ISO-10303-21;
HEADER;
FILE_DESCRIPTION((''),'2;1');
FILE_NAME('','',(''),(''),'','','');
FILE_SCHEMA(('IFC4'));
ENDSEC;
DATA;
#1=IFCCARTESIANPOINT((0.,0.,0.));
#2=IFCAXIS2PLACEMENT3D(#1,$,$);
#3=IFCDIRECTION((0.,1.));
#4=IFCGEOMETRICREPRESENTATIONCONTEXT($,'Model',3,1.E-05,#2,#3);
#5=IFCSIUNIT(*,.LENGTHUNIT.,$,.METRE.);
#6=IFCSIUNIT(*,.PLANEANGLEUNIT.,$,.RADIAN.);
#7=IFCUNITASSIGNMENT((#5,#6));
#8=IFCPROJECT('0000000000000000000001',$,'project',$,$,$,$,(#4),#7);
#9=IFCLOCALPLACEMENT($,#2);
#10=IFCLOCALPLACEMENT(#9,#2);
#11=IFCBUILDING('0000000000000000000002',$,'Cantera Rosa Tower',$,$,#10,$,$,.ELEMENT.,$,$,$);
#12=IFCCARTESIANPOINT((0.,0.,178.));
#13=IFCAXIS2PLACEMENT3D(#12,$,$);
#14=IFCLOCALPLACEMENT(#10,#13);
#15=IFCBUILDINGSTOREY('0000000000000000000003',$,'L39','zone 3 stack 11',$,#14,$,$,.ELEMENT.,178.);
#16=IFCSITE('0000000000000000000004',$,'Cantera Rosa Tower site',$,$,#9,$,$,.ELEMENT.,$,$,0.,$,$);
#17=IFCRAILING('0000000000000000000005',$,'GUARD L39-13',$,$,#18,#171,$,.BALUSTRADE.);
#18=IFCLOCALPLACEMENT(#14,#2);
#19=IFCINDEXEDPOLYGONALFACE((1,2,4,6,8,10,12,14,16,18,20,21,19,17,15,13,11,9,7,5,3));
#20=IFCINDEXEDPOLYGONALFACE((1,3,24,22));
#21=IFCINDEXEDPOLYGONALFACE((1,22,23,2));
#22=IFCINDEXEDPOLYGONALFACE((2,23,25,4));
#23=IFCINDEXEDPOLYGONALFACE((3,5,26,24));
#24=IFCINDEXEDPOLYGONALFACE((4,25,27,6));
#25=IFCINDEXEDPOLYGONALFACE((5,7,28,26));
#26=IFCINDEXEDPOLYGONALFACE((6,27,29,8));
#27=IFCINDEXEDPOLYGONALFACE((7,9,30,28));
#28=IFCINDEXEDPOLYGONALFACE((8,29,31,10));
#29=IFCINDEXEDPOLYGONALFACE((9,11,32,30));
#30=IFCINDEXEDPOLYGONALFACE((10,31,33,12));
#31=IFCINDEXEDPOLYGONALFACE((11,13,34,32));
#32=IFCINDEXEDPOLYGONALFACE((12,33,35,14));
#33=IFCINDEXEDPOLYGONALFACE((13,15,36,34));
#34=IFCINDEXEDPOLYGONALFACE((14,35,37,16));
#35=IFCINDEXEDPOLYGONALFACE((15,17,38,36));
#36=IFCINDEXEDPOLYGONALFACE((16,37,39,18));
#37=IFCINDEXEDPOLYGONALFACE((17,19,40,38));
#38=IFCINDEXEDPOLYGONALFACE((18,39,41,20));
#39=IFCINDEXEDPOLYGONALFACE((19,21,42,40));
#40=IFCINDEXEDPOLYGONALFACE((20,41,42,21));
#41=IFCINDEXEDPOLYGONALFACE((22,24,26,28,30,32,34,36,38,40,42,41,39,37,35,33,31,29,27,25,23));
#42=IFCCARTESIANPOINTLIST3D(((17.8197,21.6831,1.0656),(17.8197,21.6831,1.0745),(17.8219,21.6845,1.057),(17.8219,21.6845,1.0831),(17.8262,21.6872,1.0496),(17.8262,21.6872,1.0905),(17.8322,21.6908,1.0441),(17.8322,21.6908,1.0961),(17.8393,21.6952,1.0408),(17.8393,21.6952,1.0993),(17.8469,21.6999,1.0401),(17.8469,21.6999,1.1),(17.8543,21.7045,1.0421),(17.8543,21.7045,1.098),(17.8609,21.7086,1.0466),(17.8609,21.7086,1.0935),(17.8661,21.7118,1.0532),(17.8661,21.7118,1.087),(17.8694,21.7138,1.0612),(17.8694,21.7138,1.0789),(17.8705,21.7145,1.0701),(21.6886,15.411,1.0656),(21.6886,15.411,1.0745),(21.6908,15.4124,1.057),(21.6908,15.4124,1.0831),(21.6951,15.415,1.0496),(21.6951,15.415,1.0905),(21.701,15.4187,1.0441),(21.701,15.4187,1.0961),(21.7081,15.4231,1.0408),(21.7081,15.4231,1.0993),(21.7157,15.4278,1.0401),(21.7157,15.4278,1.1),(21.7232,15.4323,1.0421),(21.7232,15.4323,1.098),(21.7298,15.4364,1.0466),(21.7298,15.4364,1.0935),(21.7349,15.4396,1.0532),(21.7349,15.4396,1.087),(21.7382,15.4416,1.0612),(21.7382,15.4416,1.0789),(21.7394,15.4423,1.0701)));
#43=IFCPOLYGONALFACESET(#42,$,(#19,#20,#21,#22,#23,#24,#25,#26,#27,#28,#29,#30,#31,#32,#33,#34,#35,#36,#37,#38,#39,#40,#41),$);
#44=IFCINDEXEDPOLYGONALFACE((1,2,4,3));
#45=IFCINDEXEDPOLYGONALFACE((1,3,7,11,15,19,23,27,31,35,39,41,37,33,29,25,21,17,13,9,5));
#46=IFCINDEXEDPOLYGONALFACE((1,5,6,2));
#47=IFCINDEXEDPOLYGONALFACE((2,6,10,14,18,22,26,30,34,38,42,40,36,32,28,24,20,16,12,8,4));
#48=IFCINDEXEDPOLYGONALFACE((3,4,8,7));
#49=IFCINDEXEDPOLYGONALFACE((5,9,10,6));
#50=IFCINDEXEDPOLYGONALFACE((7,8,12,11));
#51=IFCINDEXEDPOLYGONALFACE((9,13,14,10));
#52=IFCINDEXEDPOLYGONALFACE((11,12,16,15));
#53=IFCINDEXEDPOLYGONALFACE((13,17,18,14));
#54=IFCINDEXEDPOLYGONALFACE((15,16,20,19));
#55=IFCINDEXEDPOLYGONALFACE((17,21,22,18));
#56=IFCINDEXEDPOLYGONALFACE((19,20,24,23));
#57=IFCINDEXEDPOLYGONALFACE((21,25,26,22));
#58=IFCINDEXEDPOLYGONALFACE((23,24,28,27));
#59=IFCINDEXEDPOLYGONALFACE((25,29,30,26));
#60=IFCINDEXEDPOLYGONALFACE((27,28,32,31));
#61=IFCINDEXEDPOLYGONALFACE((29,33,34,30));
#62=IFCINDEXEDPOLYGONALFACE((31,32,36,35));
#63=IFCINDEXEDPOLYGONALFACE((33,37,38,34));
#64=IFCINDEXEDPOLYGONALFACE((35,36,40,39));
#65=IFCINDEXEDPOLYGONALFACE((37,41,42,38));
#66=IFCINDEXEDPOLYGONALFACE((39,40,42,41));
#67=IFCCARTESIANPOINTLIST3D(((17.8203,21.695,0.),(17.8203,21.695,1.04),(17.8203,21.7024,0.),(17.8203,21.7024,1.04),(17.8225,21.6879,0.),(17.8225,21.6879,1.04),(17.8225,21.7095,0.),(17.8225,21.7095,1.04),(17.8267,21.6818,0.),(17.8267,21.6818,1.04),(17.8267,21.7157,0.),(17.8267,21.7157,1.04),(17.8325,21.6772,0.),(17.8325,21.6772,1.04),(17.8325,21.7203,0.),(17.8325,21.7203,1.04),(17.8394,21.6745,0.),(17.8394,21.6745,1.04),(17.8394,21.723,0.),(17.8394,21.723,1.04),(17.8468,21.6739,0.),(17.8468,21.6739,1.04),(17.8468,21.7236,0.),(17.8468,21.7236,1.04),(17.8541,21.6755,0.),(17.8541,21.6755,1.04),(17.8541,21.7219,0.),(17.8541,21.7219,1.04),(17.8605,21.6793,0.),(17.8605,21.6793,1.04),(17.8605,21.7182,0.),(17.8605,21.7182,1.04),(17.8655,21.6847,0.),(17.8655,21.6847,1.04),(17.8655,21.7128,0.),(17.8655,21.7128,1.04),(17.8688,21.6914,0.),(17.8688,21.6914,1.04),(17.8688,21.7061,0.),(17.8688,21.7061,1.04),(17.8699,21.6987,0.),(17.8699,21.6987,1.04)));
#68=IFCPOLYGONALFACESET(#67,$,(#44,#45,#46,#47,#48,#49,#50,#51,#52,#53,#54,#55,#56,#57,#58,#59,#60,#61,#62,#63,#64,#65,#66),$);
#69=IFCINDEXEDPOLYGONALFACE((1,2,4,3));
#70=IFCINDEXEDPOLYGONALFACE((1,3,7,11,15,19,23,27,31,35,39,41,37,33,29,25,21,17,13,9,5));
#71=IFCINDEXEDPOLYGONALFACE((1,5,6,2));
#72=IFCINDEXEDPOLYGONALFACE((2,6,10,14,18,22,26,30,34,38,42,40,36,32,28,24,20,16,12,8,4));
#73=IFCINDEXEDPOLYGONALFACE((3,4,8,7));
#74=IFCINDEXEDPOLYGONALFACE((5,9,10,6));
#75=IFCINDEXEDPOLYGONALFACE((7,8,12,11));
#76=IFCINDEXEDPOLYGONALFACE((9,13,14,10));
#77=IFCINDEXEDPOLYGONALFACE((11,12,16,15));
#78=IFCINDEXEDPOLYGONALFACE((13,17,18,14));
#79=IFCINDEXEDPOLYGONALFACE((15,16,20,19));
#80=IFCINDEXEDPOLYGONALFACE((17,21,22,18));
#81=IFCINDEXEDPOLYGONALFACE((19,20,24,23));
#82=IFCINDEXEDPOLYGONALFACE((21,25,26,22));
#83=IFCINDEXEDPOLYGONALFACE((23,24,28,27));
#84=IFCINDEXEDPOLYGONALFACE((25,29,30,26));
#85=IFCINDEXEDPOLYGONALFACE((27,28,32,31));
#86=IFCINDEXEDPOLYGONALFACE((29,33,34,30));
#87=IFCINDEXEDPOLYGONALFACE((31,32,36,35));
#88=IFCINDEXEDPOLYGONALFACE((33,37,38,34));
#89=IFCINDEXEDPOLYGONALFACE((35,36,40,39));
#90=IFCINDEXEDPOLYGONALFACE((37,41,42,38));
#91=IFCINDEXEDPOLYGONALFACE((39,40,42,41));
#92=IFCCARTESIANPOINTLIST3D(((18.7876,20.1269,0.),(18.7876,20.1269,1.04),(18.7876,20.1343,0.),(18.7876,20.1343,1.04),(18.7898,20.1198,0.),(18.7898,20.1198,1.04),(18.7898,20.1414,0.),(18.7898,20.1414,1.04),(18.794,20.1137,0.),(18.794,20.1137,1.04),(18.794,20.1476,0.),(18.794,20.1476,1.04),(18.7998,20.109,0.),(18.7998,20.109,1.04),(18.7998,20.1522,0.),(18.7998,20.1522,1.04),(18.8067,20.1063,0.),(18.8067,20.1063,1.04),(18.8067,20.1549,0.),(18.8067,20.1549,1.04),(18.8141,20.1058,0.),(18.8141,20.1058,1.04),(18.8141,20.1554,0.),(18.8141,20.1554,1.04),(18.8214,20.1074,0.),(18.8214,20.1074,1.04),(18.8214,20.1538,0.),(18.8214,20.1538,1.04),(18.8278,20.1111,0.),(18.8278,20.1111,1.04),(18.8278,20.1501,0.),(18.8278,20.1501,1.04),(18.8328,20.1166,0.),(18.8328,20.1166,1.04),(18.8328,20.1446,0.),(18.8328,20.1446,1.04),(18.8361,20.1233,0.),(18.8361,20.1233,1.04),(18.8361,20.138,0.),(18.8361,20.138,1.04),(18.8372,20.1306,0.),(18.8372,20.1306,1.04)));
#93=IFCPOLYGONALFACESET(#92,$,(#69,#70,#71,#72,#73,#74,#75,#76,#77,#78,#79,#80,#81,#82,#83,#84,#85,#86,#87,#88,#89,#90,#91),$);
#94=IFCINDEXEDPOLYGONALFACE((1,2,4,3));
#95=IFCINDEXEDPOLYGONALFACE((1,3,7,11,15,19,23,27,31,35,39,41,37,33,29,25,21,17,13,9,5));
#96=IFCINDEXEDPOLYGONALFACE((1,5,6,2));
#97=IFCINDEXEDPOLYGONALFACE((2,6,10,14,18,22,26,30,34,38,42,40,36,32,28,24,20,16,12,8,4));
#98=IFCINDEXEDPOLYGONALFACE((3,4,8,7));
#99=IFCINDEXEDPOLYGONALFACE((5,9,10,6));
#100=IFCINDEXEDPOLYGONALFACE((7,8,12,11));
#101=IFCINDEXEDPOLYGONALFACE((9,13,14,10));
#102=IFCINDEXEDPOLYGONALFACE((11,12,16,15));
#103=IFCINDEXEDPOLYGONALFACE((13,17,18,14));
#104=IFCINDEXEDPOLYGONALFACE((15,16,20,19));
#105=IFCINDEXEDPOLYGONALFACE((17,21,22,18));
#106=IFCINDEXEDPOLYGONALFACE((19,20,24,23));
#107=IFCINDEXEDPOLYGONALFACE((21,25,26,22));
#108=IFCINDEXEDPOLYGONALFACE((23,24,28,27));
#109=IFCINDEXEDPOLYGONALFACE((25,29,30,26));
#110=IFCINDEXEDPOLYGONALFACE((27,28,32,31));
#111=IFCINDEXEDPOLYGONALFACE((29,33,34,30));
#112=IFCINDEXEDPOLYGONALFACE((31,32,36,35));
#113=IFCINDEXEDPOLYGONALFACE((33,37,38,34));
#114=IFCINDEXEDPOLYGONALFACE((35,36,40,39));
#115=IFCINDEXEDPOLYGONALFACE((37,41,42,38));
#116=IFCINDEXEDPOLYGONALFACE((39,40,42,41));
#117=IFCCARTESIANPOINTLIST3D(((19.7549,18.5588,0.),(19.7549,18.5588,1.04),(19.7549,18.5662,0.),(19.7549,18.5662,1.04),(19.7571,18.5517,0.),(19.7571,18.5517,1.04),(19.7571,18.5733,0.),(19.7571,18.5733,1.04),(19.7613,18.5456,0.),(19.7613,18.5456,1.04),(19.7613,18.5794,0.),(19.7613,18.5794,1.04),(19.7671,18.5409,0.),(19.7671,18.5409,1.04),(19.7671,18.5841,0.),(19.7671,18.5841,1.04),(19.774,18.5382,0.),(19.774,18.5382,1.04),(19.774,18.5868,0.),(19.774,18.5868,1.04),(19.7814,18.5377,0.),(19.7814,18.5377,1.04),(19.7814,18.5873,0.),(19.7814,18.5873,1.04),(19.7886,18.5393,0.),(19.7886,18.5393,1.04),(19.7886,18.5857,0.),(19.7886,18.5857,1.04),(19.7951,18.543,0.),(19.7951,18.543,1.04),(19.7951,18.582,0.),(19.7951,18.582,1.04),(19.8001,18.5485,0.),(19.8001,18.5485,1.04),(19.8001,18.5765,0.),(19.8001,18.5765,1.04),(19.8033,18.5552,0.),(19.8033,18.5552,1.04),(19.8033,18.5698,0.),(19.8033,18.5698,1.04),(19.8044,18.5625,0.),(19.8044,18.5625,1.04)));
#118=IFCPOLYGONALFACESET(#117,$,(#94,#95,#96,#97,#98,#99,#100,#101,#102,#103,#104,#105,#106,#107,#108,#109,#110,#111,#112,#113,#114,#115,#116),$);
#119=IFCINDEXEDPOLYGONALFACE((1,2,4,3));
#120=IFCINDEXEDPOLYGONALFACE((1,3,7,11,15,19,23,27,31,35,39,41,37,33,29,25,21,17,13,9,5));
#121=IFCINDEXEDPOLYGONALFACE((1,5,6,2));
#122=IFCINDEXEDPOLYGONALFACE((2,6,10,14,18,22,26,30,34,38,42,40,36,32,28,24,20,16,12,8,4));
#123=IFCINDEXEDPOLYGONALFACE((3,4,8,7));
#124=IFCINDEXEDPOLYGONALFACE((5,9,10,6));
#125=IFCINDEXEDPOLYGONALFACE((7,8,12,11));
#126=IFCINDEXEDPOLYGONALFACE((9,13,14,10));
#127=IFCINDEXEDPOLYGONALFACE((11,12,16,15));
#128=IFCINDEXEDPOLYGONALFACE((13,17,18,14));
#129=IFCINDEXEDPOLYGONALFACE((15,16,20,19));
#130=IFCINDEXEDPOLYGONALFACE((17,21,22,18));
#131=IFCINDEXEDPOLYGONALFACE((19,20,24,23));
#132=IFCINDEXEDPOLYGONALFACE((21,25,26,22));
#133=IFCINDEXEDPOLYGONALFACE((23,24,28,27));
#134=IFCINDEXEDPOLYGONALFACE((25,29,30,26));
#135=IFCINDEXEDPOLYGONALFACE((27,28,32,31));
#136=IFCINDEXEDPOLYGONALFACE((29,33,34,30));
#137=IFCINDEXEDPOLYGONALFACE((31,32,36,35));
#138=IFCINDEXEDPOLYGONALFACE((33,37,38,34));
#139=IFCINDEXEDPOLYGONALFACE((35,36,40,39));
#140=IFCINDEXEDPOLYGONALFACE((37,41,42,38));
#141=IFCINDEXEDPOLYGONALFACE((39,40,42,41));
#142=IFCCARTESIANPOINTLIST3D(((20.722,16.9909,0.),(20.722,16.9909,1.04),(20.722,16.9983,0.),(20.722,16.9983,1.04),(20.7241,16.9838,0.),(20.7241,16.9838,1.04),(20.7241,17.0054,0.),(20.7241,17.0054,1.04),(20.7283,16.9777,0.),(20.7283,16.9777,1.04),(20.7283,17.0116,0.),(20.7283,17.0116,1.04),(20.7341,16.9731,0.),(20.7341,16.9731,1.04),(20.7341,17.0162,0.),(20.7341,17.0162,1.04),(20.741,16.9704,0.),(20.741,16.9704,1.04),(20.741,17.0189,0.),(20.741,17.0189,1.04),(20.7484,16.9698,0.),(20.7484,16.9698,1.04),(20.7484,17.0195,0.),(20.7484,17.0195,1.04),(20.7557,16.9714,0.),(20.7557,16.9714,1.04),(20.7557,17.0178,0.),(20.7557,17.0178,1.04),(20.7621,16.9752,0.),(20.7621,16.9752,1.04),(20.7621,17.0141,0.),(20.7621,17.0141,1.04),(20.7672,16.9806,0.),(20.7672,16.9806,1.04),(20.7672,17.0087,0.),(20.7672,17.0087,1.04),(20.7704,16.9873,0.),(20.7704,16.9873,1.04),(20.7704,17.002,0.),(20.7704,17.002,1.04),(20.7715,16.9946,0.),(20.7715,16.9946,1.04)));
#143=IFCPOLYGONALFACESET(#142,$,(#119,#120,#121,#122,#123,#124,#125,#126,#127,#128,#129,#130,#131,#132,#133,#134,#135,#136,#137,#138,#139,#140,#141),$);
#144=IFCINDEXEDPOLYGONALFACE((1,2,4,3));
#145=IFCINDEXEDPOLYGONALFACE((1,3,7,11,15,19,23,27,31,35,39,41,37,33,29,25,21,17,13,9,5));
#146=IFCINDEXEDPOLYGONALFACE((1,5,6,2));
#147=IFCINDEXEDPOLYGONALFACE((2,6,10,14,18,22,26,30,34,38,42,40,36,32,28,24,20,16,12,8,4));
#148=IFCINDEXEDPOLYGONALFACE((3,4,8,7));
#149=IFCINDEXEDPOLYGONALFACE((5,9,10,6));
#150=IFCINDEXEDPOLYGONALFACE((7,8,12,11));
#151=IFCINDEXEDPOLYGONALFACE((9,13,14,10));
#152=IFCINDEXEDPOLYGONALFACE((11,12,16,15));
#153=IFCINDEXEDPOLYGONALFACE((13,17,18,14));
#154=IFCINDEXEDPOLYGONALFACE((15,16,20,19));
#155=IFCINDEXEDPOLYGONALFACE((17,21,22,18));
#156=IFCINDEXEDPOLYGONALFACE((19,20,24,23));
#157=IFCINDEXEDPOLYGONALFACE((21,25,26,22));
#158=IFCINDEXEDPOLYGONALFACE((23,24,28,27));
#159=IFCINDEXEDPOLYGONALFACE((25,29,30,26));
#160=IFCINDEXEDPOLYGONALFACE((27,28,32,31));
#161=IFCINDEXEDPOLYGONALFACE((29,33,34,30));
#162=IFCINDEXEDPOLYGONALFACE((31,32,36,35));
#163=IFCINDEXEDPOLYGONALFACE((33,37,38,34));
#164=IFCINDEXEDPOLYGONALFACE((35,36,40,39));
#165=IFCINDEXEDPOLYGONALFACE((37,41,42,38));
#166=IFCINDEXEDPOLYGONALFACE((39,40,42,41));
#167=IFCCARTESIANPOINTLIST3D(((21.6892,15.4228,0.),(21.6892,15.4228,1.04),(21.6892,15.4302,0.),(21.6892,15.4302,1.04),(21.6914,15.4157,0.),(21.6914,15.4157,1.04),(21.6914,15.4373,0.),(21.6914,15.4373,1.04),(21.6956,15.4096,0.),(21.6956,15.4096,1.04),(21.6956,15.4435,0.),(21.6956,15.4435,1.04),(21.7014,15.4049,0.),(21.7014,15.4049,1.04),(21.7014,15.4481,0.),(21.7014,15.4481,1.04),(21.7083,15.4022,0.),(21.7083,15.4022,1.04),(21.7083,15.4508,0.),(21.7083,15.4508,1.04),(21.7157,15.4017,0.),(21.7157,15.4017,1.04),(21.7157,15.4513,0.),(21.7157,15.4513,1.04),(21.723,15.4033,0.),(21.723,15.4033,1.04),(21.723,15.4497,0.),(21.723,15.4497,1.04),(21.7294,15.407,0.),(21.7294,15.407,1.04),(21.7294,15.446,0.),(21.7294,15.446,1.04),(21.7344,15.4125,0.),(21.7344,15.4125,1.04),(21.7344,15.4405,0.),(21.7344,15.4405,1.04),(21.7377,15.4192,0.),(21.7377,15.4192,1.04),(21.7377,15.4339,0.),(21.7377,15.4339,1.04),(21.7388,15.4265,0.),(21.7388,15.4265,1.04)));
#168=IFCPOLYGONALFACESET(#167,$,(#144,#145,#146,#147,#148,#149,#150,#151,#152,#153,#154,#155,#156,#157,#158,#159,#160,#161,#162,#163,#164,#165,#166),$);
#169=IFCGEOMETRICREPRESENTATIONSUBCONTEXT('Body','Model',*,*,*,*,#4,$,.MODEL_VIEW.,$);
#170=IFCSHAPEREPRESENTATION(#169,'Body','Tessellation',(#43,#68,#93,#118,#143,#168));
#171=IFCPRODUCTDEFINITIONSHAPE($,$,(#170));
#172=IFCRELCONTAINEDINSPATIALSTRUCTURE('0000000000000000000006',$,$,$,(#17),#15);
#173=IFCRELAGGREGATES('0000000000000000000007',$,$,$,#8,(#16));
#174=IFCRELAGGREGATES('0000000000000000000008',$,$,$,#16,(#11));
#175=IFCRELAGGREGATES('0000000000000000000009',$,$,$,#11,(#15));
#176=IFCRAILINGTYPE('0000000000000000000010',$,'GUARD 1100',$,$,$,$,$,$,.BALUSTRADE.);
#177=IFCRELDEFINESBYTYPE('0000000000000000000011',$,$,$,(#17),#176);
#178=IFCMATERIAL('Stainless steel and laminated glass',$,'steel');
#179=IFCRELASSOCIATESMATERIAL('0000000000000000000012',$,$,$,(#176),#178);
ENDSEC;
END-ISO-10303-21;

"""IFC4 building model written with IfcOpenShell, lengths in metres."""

from ifc_helpers import new_model, si_unit, direction, frame, origin, origin_2d, place, context, subcontext, project, spatial, circle, extrude, material, type_object, element, save


model = new_model("IFC4")

# Units and contexts
model_context = context("Model", 3, precision=1e-05, world=origin(), true_north=direction((0.0, 1.0)))
body_context = subcontext(model_context, "Body", "Model", "MODEL_VIEW")
ifc_project = project(units=[si_unit("LENGTHUNIT", "METRE"), si_unit("PLANEANGLEUNIT", "RADIAN")], contexts=[model_context])

# Site, building, storey
site_placement = place(None, origin())
site = spatial("IfcSite", under=ifc_project, at=site_placement, Name="Cantera Rosa Tower site", CompositionType="ELEMENT", RefElevation=0.0)
building_placement = place(site_placement, origin())
building = spatial("IfcBuilding", under=site, at=building_placement, Name="Cantera Rosa Tower", CompositionType="ELEMENT")
storey_placement = place(building_placement, frame((0.0, 0.0, 178.0)))
storey = spatial("IfcBuildingStorey", under=building, at=storey_placement, Name="L39", Description="zone 3 stack 11", CompositionType="ELEMENT", Elevation=178.0)

# Railing
ifc_material_1 = material(Name="Stainless steel and laminated glass", Category="steel")
railing_type = type_object("IfcRailingType", Name="GUARD 1100", PredefinedType="BALUSTRADE", material=ifc_material_1)
railing_1_placement = place(storey_placement, frame((17.845, 21.6987, 0.0)))
element("IfcRailing", 1, at=railing_1_placement, inside=storey, type_object=railing_type, Name="GUARD L39-13", PredefinedType="BALUSTRADE", context=body_context, shape_type="SweptSolid", body=[
    extrude(circle(Radius=0.03, at=origin_2d()), frame((0.0, 0.0, 1.0701), z_axis=(0.52499, -0.851108, 0.0), x_axis=(0.851108, 0.52499, 0.0)), (0.0, 0.0, 1.0), 7.3694),
    extrude(circle(Radius=0.0249, at=origin_2d()), origin(), (0.0, 0.0, 1.0), 1.04),
    extrude(circle(Radius=0.0249, at=origin_2d()), frame((0.9673, -1.5681, 0.0)), (0.0, 0.0, 1.0), 1.04),
    extrude(circle(Radius=0.0249, at=origin_2d()), frame((1.9346, -3.1362, 0.0)), (0.0, 0.0, 1.0), 1.04),
    extrude(circle(Radius=0.0249, at=origin_2d()), frame((2.9016, -4.7041, 0.0)), (0.0, 0.0, 1.0), 1.04),
    extrude(circle(Radius=0.0249, at=origin_2d()), frame((3.8689, -6.2722, 0.0)), (0.0, 0.0, 1.0), 1.04),
])

save(model, "model.ifc")
